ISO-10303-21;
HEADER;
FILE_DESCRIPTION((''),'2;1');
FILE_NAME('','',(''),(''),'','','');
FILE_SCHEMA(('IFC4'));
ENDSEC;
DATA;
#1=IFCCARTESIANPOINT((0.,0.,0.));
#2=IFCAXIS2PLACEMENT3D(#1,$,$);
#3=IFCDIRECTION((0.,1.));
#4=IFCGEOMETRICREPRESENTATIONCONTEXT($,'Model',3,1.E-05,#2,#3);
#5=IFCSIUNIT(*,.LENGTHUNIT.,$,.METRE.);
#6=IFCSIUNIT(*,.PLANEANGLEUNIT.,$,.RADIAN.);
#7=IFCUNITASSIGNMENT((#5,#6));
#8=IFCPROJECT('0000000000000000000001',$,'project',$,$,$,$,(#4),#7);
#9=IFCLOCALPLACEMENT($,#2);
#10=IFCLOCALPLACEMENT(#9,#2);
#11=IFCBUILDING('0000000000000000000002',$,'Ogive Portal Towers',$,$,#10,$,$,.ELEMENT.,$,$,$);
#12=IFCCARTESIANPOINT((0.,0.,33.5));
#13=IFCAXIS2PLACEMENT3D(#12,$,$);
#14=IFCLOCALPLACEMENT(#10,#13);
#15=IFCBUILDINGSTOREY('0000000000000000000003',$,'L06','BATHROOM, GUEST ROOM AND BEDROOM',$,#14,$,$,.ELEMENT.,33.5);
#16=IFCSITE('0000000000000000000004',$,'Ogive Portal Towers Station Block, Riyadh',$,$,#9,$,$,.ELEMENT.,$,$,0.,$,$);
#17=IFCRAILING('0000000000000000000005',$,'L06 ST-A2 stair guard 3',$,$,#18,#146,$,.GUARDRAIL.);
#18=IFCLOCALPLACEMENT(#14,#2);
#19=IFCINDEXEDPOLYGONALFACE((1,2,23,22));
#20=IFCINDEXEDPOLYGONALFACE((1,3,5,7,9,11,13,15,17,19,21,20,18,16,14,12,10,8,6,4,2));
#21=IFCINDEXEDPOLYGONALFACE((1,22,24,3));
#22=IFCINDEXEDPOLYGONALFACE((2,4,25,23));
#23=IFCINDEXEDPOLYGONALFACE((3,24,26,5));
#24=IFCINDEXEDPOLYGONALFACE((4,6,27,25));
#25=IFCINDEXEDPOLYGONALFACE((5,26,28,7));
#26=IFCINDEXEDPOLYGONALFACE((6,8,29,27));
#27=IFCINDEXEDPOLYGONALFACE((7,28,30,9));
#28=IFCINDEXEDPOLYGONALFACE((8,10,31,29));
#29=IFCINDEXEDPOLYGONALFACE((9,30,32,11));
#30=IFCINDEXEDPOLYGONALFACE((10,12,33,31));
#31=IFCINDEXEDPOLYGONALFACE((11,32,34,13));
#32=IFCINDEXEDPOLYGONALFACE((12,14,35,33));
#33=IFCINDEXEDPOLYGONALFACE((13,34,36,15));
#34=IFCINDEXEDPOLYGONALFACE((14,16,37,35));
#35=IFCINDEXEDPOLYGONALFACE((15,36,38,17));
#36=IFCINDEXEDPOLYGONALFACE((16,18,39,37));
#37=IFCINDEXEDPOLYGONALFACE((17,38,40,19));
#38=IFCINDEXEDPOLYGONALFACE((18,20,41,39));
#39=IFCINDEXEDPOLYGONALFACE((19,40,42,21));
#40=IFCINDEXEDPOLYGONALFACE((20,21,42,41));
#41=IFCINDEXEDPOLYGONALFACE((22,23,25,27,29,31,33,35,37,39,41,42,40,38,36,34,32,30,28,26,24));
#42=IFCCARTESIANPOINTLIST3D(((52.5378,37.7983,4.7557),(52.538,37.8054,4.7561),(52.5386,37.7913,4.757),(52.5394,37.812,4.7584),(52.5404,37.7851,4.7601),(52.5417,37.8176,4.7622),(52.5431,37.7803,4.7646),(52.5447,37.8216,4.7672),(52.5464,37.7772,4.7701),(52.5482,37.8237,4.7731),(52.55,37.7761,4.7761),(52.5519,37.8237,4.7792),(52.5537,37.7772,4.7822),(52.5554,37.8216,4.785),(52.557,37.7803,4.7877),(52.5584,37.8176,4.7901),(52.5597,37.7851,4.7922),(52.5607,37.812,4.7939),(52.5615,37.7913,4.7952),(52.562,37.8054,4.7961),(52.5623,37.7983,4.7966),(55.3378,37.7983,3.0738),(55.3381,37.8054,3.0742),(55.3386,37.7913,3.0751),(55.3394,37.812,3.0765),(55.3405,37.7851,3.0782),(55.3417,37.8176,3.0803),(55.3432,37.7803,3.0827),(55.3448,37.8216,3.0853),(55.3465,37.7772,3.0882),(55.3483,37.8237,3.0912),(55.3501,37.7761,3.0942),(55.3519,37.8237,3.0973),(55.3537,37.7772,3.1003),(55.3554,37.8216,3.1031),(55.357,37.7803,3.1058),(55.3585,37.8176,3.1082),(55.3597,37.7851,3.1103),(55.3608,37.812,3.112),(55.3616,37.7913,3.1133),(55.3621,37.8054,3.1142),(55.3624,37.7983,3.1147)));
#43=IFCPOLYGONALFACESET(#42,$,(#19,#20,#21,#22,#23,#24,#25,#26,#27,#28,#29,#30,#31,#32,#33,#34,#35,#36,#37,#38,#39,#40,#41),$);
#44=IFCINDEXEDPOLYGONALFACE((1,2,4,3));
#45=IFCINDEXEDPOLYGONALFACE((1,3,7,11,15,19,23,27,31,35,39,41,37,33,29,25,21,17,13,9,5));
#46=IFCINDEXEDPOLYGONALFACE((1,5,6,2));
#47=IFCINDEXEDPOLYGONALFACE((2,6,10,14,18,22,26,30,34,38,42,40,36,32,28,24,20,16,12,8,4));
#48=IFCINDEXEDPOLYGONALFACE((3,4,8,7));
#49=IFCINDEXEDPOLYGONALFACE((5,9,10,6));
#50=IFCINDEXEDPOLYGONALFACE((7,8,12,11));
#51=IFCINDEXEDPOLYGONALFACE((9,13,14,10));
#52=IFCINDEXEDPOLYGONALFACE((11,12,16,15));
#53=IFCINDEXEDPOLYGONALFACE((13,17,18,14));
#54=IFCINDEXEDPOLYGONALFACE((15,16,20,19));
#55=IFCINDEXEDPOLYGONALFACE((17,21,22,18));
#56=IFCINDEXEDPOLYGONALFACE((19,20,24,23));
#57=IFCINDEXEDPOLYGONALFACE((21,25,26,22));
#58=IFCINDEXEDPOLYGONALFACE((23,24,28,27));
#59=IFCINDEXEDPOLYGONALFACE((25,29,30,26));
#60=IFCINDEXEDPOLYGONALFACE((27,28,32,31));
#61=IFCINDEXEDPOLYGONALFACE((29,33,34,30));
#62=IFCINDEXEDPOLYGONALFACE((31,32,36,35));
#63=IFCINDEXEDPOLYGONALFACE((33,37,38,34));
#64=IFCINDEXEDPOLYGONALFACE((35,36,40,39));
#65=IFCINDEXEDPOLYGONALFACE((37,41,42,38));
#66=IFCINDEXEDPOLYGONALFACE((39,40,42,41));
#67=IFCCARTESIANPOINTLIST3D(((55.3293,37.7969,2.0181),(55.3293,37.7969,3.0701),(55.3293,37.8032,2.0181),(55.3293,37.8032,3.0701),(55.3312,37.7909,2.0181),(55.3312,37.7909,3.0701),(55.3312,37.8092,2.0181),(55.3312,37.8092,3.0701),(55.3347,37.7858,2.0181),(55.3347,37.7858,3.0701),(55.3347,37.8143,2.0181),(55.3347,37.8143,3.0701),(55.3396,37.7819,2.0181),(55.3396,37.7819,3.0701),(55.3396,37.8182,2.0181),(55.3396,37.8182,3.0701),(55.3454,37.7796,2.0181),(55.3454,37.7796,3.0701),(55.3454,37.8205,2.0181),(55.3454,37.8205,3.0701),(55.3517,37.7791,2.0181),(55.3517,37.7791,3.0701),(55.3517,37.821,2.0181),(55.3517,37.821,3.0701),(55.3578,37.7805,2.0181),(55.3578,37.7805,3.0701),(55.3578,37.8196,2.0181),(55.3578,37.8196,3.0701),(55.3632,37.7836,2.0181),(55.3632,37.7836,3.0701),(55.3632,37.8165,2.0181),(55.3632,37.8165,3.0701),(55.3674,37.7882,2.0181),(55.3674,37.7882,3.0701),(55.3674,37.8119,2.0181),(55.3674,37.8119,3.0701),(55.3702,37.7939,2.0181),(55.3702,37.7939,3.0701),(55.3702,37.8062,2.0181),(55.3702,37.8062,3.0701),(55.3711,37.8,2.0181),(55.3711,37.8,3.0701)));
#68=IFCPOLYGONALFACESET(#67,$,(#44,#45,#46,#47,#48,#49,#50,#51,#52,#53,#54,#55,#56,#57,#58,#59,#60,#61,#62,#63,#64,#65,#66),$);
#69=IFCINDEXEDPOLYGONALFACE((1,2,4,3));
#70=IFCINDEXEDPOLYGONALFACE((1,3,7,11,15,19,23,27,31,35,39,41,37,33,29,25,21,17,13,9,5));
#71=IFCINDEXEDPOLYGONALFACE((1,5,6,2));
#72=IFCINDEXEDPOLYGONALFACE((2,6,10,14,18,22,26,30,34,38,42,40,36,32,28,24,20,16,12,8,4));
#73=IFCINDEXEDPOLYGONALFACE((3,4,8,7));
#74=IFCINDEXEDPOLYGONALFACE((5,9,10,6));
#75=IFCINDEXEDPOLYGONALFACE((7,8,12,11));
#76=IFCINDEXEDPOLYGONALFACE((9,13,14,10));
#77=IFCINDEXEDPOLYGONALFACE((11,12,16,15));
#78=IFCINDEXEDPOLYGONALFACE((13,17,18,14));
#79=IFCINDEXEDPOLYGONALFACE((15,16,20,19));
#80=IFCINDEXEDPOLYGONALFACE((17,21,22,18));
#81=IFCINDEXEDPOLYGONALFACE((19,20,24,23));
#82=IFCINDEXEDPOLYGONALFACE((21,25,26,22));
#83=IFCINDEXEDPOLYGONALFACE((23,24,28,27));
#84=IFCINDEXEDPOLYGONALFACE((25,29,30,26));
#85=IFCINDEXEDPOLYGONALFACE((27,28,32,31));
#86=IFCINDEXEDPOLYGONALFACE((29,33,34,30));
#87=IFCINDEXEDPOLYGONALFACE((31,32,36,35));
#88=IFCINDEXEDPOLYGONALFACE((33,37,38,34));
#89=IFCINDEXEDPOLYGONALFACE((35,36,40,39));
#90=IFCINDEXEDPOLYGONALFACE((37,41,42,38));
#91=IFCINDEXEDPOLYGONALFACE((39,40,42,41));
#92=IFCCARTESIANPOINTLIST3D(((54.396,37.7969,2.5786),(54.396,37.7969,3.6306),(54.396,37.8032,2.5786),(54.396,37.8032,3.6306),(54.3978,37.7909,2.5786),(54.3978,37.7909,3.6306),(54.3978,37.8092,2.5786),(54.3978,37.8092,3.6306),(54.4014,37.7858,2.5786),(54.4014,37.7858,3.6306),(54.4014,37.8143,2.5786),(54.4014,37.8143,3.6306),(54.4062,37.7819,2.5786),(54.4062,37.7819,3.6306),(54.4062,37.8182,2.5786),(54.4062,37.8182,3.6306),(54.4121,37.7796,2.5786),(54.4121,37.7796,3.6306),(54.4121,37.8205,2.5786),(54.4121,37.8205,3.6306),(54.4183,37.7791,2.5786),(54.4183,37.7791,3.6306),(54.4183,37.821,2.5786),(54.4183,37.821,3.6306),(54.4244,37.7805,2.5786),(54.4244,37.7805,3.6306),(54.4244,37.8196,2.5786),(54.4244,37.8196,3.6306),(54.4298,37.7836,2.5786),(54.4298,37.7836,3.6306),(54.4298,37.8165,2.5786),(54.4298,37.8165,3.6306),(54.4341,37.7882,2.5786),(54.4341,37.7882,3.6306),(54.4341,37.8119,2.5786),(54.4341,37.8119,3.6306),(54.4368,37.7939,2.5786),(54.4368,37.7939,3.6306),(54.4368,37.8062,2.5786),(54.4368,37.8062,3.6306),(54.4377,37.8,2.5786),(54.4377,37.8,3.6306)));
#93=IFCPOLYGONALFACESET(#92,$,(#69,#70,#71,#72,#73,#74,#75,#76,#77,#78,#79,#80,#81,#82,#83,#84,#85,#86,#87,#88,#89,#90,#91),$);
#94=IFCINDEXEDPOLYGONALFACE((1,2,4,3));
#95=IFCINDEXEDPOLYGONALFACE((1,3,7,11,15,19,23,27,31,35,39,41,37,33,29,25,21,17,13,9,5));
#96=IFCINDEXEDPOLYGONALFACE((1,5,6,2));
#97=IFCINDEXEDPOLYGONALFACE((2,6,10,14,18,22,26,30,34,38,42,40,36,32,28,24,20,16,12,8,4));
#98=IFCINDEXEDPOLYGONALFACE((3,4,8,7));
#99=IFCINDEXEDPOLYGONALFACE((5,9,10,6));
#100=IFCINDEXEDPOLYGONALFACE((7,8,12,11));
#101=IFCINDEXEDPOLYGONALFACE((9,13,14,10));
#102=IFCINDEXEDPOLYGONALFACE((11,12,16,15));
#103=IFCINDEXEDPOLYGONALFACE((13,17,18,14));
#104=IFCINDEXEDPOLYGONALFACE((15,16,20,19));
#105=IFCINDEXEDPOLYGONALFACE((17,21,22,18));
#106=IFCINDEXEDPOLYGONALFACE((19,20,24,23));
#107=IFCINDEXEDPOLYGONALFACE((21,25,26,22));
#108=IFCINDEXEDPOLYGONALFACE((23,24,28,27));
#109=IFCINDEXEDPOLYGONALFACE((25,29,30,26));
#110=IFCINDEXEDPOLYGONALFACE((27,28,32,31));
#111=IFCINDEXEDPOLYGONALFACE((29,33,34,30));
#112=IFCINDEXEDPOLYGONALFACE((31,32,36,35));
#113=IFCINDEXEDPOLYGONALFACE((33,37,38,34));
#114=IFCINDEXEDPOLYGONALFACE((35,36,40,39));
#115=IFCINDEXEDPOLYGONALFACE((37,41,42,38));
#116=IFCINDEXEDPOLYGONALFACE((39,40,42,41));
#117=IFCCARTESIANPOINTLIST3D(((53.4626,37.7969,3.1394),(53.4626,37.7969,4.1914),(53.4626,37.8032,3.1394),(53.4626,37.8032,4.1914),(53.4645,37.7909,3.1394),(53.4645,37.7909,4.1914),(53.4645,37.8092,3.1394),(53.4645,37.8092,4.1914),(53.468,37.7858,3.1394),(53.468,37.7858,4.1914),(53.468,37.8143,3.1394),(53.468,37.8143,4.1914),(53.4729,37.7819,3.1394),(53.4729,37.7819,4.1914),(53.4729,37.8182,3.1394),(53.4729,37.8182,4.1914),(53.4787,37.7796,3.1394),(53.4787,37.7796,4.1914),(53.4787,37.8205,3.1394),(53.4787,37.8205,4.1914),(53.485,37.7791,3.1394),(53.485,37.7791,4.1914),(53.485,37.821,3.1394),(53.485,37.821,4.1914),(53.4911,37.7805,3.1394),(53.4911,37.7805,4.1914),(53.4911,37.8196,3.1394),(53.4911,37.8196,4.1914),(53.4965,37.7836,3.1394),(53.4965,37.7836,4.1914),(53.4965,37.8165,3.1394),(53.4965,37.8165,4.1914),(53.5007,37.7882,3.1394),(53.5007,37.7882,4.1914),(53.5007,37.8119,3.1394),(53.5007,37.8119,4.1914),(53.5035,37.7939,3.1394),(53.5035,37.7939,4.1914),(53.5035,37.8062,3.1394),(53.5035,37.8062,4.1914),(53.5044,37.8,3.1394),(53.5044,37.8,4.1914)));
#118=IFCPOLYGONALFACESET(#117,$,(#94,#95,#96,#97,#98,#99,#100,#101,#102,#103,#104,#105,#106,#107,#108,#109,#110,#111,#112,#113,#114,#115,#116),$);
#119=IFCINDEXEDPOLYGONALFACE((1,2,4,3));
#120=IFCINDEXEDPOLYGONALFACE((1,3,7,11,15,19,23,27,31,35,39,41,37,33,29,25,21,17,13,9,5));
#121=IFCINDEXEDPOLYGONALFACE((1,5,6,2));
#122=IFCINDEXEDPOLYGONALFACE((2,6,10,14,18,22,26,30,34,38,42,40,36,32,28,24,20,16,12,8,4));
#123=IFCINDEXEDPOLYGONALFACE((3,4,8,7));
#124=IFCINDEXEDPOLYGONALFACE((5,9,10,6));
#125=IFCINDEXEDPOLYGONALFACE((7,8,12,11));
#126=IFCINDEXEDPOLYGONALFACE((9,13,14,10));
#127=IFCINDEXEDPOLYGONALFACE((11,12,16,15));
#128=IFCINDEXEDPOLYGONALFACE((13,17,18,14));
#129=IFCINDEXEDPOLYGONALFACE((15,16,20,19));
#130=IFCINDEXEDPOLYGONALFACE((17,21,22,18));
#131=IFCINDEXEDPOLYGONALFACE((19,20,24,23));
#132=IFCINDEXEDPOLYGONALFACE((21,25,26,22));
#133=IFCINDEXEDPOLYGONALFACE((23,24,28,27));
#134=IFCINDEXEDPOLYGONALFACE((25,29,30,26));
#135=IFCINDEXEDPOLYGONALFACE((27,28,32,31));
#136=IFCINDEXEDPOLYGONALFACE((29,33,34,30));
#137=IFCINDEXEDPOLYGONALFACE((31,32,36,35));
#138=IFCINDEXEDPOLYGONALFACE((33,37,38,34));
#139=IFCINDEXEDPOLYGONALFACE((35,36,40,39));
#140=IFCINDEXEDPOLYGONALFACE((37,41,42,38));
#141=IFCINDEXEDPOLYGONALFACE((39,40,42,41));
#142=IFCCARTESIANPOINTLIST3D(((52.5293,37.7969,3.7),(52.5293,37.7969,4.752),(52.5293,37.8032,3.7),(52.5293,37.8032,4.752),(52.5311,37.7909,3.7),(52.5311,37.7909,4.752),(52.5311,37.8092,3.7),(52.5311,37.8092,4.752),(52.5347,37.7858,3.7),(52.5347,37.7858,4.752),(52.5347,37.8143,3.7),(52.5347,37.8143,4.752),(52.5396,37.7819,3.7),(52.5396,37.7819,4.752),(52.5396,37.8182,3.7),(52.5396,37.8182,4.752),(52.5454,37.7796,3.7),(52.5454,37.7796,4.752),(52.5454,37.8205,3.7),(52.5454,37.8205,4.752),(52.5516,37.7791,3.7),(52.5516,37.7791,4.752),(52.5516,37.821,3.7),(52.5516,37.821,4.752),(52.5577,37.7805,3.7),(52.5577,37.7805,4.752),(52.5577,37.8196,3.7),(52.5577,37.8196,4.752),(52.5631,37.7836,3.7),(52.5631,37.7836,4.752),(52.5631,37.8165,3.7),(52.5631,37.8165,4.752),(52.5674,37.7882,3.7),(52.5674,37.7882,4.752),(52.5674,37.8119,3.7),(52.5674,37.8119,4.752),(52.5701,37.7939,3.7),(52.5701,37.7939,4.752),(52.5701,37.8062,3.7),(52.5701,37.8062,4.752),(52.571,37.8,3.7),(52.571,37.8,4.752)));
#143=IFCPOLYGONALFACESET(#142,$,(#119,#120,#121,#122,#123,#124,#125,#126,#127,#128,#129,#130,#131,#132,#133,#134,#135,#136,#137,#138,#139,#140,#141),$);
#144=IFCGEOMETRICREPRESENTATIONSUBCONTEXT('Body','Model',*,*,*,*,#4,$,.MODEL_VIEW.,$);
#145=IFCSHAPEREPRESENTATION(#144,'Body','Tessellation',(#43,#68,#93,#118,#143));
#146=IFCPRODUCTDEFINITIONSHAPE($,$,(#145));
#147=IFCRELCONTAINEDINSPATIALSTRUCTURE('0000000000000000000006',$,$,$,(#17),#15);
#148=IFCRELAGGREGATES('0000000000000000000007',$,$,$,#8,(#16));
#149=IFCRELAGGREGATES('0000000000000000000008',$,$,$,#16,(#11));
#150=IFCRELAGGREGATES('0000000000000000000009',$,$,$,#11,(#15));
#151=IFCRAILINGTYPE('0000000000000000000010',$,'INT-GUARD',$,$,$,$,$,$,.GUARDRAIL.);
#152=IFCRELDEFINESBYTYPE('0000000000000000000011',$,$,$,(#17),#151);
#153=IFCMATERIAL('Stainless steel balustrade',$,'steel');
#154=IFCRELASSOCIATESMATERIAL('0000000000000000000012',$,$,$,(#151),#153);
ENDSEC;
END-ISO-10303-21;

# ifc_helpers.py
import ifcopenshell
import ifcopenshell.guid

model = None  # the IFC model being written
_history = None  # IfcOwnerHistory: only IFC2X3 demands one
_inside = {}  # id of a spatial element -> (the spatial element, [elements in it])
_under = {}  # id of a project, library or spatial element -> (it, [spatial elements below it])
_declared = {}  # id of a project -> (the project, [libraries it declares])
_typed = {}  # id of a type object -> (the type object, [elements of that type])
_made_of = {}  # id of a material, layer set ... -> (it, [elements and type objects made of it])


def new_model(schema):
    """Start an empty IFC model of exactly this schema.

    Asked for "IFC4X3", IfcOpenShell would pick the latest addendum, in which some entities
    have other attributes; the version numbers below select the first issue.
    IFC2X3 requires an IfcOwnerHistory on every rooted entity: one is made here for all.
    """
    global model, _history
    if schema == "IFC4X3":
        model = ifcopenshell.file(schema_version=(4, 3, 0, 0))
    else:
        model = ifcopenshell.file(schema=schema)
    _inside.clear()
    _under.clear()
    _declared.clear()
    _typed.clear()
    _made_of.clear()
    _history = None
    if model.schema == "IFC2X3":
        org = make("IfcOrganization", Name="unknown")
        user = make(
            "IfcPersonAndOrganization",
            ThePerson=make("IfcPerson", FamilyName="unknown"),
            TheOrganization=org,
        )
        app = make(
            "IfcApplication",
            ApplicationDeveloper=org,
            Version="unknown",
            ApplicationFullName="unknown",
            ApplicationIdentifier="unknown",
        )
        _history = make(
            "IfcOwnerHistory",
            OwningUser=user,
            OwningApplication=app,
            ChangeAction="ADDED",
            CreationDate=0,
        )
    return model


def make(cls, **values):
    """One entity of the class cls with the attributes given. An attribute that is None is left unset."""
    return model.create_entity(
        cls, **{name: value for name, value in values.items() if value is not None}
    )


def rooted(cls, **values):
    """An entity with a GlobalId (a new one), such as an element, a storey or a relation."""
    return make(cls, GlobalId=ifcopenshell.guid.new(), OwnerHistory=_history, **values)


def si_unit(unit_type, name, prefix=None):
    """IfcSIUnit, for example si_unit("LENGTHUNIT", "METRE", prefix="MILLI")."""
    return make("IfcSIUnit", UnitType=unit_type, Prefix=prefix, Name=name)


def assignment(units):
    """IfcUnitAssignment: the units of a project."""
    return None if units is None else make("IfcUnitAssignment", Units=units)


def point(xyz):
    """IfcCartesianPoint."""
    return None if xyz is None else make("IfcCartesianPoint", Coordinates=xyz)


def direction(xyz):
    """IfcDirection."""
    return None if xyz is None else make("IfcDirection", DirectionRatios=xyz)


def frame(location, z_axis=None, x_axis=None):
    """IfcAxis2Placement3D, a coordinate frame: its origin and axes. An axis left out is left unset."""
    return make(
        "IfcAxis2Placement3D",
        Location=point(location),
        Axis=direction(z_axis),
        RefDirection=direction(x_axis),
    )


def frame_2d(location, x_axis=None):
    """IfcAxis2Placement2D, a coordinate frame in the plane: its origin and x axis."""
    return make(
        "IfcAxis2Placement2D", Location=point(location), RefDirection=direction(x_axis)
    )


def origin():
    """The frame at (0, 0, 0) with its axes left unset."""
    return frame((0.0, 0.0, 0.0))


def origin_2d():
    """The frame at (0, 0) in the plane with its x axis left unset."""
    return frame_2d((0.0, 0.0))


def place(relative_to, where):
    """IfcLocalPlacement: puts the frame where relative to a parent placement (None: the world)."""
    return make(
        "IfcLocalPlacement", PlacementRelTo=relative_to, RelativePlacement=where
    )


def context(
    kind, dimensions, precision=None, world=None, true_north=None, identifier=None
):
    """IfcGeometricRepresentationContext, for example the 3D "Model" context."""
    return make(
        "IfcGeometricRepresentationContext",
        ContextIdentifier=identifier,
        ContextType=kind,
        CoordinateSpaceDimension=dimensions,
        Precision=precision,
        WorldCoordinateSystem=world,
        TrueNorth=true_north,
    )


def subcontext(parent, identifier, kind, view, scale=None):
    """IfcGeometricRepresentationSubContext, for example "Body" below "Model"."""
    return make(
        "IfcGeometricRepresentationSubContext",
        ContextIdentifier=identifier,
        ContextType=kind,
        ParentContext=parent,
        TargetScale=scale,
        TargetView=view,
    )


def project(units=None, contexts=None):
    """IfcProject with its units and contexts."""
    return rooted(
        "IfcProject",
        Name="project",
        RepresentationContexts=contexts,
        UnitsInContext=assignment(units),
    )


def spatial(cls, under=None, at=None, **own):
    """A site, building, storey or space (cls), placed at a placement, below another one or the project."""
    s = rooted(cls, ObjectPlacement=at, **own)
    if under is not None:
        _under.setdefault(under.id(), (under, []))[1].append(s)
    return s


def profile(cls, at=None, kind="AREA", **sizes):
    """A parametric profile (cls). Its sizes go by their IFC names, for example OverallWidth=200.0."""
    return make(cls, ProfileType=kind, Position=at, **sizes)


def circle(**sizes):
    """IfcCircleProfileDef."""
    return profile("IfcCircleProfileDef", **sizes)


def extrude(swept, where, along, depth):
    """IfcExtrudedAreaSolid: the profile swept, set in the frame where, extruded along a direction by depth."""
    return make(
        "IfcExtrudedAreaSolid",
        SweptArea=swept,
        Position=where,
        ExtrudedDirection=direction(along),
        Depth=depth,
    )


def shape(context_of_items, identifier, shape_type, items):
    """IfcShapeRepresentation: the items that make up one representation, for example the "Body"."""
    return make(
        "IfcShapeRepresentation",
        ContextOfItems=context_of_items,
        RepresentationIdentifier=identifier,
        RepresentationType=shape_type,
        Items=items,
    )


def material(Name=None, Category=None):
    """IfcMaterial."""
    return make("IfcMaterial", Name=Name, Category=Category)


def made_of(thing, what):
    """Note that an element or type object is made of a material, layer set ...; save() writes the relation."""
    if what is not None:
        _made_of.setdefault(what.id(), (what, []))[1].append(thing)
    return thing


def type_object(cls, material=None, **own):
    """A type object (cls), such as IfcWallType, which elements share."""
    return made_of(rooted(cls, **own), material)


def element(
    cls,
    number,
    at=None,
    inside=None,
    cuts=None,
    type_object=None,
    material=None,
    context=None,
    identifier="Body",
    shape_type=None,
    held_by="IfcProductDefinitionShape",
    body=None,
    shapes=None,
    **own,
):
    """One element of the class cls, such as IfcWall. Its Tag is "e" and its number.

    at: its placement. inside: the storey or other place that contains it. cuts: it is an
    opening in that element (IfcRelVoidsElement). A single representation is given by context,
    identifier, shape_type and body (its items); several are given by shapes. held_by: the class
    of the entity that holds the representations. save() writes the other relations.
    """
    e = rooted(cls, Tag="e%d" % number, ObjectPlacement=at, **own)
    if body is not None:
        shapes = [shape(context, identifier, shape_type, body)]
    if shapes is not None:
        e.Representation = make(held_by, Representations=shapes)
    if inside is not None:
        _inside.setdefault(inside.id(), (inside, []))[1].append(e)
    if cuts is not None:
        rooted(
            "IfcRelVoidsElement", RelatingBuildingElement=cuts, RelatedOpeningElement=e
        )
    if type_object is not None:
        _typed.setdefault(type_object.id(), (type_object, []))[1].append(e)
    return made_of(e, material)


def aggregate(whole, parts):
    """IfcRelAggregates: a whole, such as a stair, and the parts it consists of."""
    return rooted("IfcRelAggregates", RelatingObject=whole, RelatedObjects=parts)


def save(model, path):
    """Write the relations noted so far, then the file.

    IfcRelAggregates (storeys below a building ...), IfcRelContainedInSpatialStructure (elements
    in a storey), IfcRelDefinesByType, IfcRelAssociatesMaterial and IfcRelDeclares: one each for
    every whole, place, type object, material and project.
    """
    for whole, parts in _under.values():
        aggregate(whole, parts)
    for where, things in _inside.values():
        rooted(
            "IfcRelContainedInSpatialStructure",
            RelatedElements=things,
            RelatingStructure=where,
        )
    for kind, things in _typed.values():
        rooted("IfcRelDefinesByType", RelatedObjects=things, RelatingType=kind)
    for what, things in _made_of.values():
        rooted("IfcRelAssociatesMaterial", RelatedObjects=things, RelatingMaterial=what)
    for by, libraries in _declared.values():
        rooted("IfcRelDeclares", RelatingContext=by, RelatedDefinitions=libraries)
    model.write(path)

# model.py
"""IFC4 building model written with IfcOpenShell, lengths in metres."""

from ifc_helpers import new_model, si_unit, direction, frame, origin, origin_2d, place, context, subcontext, project, spatial, circle, extrude, material, type_object, element, save


model = new_model("IFC4")

# Units and contexts
model_context = context("Model", 3, precision=1e-05, world=origin(), true_north=direction((0.0, 1.0)))
body_context = subcontext(model_context, "Body", "Model", "MODEL_VIEW")
ifc_project = project(units=[si_unit("LENGTHUNIT", "METRE"), si_unit("PLANEANGLEUNIT", "RADIAN")], contexts=[model_context])

# Site, building, storey
site_placement = place(None, origin())
site = spatial("IfcSite", under=ifc_project, at=site_placement, Name="Ogive Portal Towers Station Block, Riyadh", CompositionType="ELEMENT", RefElevation=0.0)
building_placement = place(site_placement, origin())
building = spatial("IfcBuilding", under=site, at=building_placement, Name="Ogive Portal Towers", CompositionType="ELEMENT")
storey_placement = place(building_placement, frame((0.0, 0.0, 33.5)))
storey = spatial("IfcBuildingStorey", under=building, at=storey_placement, Name="L06", Description="BATHROOM, GUEST ROOM AND BEDROOM", CompositionType="ELEMENT", Elevation=33.5)

# Railing
ifc_material_1 = material(Name="Stainless steel balustrade", Category="steel")
railing_type_1 = type_object("IfcRailingType", Name="INT-GUARD", PredefinedType="GUARDRAIL", material=ifc_material_1)
railing_1_placement = place(storey_placement, frame((55.3501, 37.8, 2.0181)))
element("IfcRailing", 1, at=railing_1_placement, inside=storey, type_object=railing_type_1, Name="L06 ST-A2 stair guard 3", PredefinedType="GUARDRAIL", context=body_context, shape_type="SweptSolid", body=[
    extrude(circle(Radius=0.0239, at=origin_2d()), frame((0.0, 0.0, 1.0762), z_axis=(-0.857242, 0.0, 0.514913), x_axis=(0.0, -1.0, 0.0)), (0.0, 0.0, 1.0), 3.2664),
    extrude(circle(Radius=0.021, at=origin_2d()), origin(), (0.0, 0.0, 1.0), 1.052),
    extrude(circle(Radius=0.021, at=origin_2d()), frame((-0.9333, 0.0, 0.5605)), (0.0, 0.0, 1.0), 1.052),
    extrude(circle(Radius=0.021, at=origin_2d()), frame((-1.8667, 0.0, 1.1213)), (0.0, 0.0, 1.0), 1.052),
    extrude(circle(Radius=0.021, at=origin_2d()), frame((-2.8, 0.0, 1.6819)), (0.0, 0.0, 1.0), 1.052),
])

save(model, "model.ifc")
